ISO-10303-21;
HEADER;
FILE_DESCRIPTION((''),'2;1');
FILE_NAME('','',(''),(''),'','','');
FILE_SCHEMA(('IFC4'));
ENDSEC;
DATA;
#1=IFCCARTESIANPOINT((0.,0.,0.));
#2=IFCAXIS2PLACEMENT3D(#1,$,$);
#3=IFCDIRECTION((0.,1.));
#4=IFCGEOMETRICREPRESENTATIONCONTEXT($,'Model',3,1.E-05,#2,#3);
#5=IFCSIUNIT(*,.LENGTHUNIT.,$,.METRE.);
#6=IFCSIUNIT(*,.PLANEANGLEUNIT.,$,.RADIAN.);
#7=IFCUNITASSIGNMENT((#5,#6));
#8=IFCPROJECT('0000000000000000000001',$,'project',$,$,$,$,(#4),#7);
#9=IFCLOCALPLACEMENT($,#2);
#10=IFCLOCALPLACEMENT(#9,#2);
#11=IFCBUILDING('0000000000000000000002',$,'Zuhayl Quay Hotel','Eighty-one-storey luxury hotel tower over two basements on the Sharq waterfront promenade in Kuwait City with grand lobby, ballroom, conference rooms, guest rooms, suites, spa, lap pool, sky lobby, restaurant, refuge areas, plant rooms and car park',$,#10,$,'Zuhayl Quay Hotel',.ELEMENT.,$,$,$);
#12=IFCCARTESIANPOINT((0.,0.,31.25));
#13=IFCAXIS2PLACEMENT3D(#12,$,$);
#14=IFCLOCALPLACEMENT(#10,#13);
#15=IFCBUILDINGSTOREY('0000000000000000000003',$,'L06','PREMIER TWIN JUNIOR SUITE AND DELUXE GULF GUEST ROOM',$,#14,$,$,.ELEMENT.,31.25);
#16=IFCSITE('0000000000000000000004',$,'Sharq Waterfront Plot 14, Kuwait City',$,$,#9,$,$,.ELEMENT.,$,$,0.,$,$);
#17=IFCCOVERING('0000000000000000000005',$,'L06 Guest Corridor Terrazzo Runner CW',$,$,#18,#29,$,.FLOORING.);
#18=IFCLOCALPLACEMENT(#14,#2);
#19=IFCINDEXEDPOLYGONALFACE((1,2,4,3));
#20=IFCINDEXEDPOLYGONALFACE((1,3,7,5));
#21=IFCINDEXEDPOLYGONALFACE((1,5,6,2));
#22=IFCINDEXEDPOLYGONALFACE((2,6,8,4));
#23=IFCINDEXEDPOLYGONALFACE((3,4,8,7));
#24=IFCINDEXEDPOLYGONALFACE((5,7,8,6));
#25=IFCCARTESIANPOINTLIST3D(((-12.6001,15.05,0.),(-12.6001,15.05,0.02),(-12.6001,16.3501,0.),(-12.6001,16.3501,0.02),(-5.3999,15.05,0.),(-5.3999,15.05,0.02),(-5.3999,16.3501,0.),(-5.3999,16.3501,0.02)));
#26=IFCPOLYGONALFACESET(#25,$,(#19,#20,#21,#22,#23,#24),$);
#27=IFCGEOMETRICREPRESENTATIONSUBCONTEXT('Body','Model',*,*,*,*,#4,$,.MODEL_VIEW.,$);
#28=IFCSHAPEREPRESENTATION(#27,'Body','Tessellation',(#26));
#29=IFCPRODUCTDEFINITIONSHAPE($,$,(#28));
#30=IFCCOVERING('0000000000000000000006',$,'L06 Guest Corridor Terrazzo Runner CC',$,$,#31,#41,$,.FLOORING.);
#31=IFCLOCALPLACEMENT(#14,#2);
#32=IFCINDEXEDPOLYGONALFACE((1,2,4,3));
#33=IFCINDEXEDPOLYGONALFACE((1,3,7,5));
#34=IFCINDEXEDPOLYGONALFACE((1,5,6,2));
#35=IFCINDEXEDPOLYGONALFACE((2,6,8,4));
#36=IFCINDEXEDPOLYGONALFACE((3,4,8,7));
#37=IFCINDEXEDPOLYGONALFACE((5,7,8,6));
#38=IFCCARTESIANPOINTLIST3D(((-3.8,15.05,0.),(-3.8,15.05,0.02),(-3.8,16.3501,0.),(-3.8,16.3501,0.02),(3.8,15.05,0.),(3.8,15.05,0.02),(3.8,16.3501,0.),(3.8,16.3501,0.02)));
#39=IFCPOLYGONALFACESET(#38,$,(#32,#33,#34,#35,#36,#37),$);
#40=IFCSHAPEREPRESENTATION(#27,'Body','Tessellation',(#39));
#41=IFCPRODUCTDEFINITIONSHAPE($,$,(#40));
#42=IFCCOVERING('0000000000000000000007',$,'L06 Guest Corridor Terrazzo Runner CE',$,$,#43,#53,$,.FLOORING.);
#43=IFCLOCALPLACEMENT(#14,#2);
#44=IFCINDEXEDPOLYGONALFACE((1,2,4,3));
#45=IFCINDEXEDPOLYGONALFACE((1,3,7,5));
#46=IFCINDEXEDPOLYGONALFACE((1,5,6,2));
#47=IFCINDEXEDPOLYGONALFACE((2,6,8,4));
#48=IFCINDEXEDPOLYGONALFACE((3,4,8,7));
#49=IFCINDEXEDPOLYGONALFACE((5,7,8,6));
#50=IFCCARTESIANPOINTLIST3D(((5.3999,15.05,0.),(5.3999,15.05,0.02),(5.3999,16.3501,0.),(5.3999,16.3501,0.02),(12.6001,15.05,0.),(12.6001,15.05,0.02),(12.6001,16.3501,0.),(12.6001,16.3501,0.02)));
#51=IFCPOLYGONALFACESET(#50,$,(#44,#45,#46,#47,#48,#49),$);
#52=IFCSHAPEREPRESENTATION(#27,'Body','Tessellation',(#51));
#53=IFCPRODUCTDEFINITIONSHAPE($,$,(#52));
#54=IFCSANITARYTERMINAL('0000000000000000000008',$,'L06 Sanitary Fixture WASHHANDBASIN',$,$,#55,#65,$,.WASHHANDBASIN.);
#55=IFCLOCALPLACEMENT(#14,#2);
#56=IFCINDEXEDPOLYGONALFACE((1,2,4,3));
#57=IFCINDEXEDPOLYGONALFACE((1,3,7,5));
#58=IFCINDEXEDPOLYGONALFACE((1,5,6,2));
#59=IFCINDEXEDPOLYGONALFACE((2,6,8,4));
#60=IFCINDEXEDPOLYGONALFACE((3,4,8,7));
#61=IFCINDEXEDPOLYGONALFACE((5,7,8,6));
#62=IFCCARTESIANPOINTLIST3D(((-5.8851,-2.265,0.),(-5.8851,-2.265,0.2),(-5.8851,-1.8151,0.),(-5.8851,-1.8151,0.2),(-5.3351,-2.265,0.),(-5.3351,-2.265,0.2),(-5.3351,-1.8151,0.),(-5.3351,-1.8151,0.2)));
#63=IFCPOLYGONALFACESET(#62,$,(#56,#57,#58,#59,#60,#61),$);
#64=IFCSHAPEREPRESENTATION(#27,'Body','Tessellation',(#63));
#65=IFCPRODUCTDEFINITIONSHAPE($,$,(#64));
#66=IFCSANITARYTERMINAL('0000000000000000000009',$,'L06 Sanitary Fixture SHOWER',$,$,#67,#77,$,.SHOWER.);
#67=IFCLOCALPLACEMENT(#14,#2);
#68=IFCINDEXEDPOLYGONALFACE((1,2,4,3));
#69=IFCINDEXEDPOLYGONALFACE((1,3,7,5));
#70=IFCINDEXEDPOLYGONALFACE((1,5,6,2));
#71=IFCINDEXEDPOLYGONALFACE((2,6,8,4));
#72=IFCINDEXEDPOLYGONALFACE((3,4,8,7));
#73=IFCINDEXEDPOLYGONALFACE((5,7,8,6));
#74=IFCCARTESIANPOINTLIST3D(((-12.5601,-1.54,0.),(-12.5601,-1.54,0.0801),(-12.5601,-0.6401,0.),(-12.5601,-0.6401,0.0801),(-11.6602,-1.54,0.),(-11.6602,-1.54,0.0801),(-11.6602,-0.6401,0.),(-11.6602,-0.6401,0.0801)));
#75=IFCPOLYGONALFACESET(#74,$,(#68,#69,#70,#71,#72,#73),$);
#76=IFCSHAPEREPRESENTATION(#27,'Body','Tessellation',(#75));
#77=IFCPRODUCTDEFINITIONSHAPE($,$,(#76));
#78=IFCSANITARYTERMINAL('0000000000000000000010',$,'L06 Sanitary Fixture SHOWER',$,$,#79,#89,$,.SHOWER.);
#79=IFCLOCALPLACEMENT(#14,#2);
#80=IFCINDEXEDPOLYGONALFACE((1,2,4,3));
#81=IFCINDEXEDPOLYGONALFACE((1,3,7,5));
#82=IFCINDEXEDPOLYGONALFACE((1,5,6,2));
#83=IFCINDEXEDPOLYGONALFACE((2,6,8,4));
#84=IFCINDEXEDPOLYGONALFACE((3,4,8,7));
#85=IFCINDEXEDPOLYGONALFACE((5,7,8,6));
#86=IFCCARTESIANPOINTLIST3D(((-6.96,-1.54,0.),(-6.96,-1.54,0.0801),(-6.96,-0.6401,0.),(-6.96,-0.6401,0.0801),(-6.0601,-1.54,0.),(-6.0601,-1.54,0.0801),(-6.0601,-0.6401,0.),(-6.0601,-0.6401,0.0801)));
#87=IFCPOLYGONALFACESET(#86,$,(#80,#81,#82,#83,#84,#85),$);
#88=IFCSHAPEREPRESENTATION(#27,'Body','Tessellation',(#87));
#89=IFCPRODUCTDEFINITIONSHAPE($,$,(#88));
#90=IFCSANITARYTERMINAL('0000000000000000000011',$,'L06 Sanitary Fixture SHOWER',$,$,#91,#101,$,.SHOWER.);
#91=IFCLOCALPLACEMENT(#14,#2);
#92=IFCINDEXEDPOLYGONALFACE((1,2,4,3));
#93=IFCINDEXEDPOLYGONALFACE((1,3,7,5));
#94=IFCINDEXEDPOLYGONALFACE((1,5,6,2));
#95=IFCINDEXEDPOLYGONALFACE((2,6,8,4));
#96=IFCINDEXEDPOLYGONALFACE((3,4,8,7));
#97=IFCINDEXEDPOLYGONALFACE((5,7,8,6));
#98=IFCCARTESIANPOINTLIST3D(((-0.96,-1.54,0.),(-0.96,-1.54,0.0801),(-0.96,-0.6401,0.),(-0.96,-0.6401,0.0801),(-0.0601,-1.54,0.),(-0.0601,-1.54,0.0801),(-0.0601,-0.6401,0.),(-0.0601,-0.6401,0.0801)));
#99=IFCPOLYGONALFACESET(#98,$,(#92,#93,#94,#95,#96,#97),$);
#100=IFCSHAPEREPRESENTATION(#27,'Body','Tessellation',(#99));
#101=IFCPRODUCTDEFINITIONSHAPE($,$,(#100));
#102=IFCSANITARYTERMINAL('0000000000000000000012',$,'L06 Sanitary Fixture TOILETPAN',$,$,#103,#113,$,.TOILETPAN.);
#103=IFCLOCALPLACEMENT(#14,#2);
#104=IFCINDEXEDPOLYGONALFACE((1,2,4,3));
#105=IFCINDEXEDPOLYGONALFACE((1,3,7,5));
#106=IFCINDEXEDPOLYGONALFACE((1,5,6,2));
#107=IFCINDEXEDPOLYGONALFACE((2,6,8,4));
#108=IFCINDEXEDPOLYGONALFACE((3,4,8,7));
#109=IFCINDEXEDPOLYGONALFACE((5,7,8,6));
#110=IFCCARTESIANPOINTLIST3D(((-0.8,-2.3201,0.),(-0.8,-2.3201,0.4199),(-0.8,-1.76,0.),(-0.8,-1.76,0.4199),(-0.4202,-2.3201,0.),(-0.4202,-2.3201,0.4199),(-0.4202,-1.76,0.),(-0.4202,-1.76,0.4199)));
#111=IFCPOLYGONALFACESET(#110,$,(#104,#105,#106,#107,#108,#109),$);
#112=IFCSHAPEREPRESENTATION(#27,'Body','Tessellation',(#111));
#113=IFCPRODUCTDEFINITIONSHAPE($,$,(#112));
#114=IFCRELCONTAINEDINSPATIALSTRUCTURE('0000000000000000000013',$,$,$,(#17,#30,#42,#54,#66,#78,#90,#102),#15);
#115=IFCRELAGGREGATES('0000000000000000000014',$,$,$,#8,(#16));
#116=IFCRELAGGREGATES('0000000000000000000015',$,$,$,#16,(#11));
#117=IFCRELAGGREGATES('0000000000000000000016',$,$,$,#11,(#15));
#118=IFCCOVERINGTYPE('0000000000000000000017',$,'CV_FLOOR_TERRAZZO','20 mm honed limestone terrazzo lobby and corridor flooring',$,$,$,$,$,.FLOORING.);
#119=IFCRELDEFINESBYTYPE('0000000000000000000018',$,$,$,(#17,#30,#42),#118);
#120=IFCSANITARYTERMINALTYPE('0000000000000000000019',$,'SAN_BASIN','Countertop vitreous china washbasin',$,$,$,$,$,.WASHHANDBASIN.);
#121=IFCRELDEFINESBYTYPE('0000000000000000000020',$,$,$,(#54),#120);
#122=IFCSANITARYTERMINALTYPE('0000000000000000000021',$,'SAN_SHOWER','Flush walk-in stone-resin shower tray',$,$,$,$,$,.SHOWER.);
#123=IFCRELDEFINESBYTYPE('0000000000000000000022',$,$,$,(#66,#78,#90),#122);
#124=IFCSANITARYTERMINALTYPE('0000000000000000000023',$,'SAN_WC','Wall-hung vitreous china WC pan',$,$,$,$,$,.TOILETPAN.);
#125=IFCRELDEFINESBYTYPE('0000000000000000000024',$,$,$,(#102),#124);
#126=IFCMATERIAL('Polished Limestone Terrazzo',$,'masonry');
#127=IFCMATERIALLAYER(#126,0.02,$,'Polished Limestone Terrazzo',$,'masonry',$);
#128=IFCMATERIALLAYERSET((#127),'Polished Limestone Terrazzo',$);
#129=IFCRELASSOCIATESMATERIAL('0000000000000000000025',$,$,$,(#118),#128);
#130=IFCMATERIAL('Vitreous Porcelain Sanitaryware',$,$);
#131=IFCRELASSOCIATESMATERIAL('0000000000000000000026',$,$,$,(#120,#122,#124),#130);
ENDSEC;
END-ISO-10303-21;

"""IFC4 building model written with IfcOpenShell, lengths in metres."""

from ifc_helpers import new_model, si_unit, direction, frame, origin, origin_2d, place, context, subcontext, project, spatial, polyline, rectangle, outline, extrude, material, layer, layer_set, type_object, element, save


model = new_model("IFC4")

# Units and contexts
model_context = context("Model", 3, precision=1e-05, world=origin(), true_north=direction((0.0, 1.0)))
body_context = subcontext(model_context, "Body", "Model", "MODEL_VIEW")
ifc_project = project(units=[si_unit("LENGTHUNIT", "METRE"), si_unit("PLANEANGLEUNIT", "RADIAN")], contexts=[model_context])

# Site, building, storey
site_placement = place(None, origin())
site = spatial("IfcSite", under=ifc_project, at=site_placement, Name="Sharq Waterfront Plot 14, Kuwait City", CompositionType="ELEMENT", RefElevation=0.0)
building_placement = place(site_placement, origin())
building = spatial("IfcBuilding", under=site, at=building_placement, Name="Zuhayl Quay Hotel", Description="Eighty-one-storey luxury hotel tower over two basements on the Sharq waterfront promenade in Kuwait City with grand lobby, ballroom, conference rooms, guest rooms, suites, spa, lap pool, sky lobby, restaurant, refuge areas, plant rooms and car park", LongName="Zuhayl Quay Hotel", CompositionType="ELEMENT")
storey_placement = place(building_placement, frame((0.0, 0.0, 31.25)))
storey = spatial("IfcBuildingStorey", under=building, at=storey_placement, Name="L06", Description="PREMIER TWIN JUNIOR SUITE AND DELUXE GULF GUEST ROOM", CompositionType="ELEMENT", Elevation=31.25)

# Coverings
ifc_material_1 = material(Name="Polished Limestone Terrazzo", Category="masonry")
ifc_layer_1 = layer(ifc_material_1, 0.02, Name="Polished Limestone Terrazzo", Category="masonry")
ifc_layer_set_1 = layer_set([ifc_layer_1], Name="Polished Limestone Terrazzo")
covering_type_1 = type_object("IfcCoveringType", Name="CV_FLOOR_TERRAZZO", Description="20 mm honed limestone terrazzo lobby and corridor flooring", PredefinedType="FLOORING", material=ifc_layer_set_1)
covering_1_placement = place(storey_placement, origin())
element("IfcCovering", 1, at=covering_1_placement, inside=storey, type_object=covering_type_1, Name="L06 Guest Corridor Terrazzo Runner CW", PredefinedType="FLOORING", context=body_context, shape_type="SweptSolid", body=[
    extrude(outline(polyline([(-12.6001, 15.05), (-5.3999, 15.05), (-5.3999, 16.3501), (-12.6001, 16.3501), (-12.6001, 15.05)])), origin(), (0.0, 0.0, 1.0), 0.02),
])
covering_2_placement = place(storey_placement, origin())
element("IfcCovering", 2, at=covering_2_placement, inside=storey, type_object=covering_type_1, Name="L06 Guest Corridor Terrazzo Runner CC", PredefinedType="FLOORING", context=body_context, shape_type="SweptSolid", body=[
    extrude(outline(polyline([(-3.8, 15.05), (3.8, 15.05), (3.8, 16.3501), (-3.8, 16.3501), (-3.8, 15.05)])), origin(), (0.0, 0.0, 1.0), 0.02),
])
covering_3_placement = place(storey_placement, origin())
element("IfcCovering", 3, at=covering_3_placement, inside=storey, type_object=covering_type_1, Name="L06 Guest Corridor Terrazzo Runner CE", PredefinedType="FLOORING", context=body_context, shape_type="SweptSolid", body=[
    extrude(outline(polyline([(5.3999, 15.05), (12.6001, 15.05), (12.6001, 16.3501), (5.3999, 16.3501), (5.3999, 15.05)])), origin(), (0.0, 0.0, 1.0), 0.02),
])

# Sanitary terminals
ifc_material_2 = material(Name="Vitreous Porcelain Sanitaryware")
sanitary_terminal_type_1 = type_object("IfcSanitaryTerminalType", Name="SAN_BASIN", Description="Countertop vitreous china washbasin", PredefinedType="WASHHANDBASIN", material=ifc_material_2)
sanitary_terminal_1_placement = place(storey_placement, frame((-5.6101, -2.04, 0.0), z_axis=(0.0, 0.0, 1.0), x_axis=(1.0, 0.0, 0.0)))
element("IfcSanitaryTerminal", 4, at=sanitary_terminal_1_placement, inside=storey, type_object=sanitary_terminal_type_1, Name="L06 Sanitary Fixture WASHHANDBASIN", PredefinedType="WASHHANDBASIN", context=body_context, shape_type="SweptSolid", body=[
    extrude(rectangle(XDim=0.55, YDim=0.45, at=origin_2d()), origin(), (0.0, 0.0, 1.0), 0.2),
])
sanitary_terminal_type_2 = type_object("IfcSanitaryTerminalType", Name="SAN_SHOWER", Description="Flush walk-in stone-resin shower tray", PredefinedType="SHOWER", material=ifc_material_2)
for number, where, z_axis, x_axis, name in (
    (5, (-12.1101, -1.0901, 0.0), (0.0, 0.0, 1.0), (1.0, 0.0, 0.0), "L06 Sanitary Fixture SHOWER"),
    (6, (-6.51, -1.0901, 0.0), (0.0, 0.0, 1.0), (1.0, 0.0, 0.0), "L06 Sanitary Fixture SHOWER"),
    (7, (-0.51, -1.0901, 0.0), (0.0, 0.0, 1.0), (1.0, 0.0, 0.0), "L06 Sanitary Fixture SHOWER"),
):
    element("IfcSanitaryTerminal", number, at=place(storey_placement, frame(where, z_axis=z_axis, x_axis=x_axis)), inside=storey, type_object=sanitary_terminal_type_2, Name=name, PredefinedType="SHOWER", context=body_context, shape_type="SweptSolid", body=[
        extrude(rectangle(XDim=0.8999, YDim=0.8999, at=origin_2d()), origin(), (0.0, 0.0, 1.0), 0.0801),
    ])
sanitary_terminal_type_3 = type_object("IfcSanitaryTerminalType", Name="SAN_WC", Description="Wall-hung vitreous china WC pan", PredefinedType="TOILETPAN", material=ifc_material_2)
sanitary_terminal_2_placement = place(storey_placement, frame((-0.6101, -2.04, 0.0), z_axis=(0.0, 0.0, 1.0), x_axis=(1.0, 0.0, 0.0)))
element("IfcSanitaryTerminal", 8, at=sanitary_terminal_2_placement, inside=storey, type_object=sanitary_terminal_type_3, Name="L06 Sanitary Fixture TOILETPAN", PredefinedType="TOILETPAN", context=body_context, shape_type="SweptSolid", body=[
    extrude(rectangle(XDim=0.3799, YDim=0.5601, at=origin_2d()), origin(), (0.0, 0.0, 1.0), 0.4199),
])

save(model, "model.ifc")
